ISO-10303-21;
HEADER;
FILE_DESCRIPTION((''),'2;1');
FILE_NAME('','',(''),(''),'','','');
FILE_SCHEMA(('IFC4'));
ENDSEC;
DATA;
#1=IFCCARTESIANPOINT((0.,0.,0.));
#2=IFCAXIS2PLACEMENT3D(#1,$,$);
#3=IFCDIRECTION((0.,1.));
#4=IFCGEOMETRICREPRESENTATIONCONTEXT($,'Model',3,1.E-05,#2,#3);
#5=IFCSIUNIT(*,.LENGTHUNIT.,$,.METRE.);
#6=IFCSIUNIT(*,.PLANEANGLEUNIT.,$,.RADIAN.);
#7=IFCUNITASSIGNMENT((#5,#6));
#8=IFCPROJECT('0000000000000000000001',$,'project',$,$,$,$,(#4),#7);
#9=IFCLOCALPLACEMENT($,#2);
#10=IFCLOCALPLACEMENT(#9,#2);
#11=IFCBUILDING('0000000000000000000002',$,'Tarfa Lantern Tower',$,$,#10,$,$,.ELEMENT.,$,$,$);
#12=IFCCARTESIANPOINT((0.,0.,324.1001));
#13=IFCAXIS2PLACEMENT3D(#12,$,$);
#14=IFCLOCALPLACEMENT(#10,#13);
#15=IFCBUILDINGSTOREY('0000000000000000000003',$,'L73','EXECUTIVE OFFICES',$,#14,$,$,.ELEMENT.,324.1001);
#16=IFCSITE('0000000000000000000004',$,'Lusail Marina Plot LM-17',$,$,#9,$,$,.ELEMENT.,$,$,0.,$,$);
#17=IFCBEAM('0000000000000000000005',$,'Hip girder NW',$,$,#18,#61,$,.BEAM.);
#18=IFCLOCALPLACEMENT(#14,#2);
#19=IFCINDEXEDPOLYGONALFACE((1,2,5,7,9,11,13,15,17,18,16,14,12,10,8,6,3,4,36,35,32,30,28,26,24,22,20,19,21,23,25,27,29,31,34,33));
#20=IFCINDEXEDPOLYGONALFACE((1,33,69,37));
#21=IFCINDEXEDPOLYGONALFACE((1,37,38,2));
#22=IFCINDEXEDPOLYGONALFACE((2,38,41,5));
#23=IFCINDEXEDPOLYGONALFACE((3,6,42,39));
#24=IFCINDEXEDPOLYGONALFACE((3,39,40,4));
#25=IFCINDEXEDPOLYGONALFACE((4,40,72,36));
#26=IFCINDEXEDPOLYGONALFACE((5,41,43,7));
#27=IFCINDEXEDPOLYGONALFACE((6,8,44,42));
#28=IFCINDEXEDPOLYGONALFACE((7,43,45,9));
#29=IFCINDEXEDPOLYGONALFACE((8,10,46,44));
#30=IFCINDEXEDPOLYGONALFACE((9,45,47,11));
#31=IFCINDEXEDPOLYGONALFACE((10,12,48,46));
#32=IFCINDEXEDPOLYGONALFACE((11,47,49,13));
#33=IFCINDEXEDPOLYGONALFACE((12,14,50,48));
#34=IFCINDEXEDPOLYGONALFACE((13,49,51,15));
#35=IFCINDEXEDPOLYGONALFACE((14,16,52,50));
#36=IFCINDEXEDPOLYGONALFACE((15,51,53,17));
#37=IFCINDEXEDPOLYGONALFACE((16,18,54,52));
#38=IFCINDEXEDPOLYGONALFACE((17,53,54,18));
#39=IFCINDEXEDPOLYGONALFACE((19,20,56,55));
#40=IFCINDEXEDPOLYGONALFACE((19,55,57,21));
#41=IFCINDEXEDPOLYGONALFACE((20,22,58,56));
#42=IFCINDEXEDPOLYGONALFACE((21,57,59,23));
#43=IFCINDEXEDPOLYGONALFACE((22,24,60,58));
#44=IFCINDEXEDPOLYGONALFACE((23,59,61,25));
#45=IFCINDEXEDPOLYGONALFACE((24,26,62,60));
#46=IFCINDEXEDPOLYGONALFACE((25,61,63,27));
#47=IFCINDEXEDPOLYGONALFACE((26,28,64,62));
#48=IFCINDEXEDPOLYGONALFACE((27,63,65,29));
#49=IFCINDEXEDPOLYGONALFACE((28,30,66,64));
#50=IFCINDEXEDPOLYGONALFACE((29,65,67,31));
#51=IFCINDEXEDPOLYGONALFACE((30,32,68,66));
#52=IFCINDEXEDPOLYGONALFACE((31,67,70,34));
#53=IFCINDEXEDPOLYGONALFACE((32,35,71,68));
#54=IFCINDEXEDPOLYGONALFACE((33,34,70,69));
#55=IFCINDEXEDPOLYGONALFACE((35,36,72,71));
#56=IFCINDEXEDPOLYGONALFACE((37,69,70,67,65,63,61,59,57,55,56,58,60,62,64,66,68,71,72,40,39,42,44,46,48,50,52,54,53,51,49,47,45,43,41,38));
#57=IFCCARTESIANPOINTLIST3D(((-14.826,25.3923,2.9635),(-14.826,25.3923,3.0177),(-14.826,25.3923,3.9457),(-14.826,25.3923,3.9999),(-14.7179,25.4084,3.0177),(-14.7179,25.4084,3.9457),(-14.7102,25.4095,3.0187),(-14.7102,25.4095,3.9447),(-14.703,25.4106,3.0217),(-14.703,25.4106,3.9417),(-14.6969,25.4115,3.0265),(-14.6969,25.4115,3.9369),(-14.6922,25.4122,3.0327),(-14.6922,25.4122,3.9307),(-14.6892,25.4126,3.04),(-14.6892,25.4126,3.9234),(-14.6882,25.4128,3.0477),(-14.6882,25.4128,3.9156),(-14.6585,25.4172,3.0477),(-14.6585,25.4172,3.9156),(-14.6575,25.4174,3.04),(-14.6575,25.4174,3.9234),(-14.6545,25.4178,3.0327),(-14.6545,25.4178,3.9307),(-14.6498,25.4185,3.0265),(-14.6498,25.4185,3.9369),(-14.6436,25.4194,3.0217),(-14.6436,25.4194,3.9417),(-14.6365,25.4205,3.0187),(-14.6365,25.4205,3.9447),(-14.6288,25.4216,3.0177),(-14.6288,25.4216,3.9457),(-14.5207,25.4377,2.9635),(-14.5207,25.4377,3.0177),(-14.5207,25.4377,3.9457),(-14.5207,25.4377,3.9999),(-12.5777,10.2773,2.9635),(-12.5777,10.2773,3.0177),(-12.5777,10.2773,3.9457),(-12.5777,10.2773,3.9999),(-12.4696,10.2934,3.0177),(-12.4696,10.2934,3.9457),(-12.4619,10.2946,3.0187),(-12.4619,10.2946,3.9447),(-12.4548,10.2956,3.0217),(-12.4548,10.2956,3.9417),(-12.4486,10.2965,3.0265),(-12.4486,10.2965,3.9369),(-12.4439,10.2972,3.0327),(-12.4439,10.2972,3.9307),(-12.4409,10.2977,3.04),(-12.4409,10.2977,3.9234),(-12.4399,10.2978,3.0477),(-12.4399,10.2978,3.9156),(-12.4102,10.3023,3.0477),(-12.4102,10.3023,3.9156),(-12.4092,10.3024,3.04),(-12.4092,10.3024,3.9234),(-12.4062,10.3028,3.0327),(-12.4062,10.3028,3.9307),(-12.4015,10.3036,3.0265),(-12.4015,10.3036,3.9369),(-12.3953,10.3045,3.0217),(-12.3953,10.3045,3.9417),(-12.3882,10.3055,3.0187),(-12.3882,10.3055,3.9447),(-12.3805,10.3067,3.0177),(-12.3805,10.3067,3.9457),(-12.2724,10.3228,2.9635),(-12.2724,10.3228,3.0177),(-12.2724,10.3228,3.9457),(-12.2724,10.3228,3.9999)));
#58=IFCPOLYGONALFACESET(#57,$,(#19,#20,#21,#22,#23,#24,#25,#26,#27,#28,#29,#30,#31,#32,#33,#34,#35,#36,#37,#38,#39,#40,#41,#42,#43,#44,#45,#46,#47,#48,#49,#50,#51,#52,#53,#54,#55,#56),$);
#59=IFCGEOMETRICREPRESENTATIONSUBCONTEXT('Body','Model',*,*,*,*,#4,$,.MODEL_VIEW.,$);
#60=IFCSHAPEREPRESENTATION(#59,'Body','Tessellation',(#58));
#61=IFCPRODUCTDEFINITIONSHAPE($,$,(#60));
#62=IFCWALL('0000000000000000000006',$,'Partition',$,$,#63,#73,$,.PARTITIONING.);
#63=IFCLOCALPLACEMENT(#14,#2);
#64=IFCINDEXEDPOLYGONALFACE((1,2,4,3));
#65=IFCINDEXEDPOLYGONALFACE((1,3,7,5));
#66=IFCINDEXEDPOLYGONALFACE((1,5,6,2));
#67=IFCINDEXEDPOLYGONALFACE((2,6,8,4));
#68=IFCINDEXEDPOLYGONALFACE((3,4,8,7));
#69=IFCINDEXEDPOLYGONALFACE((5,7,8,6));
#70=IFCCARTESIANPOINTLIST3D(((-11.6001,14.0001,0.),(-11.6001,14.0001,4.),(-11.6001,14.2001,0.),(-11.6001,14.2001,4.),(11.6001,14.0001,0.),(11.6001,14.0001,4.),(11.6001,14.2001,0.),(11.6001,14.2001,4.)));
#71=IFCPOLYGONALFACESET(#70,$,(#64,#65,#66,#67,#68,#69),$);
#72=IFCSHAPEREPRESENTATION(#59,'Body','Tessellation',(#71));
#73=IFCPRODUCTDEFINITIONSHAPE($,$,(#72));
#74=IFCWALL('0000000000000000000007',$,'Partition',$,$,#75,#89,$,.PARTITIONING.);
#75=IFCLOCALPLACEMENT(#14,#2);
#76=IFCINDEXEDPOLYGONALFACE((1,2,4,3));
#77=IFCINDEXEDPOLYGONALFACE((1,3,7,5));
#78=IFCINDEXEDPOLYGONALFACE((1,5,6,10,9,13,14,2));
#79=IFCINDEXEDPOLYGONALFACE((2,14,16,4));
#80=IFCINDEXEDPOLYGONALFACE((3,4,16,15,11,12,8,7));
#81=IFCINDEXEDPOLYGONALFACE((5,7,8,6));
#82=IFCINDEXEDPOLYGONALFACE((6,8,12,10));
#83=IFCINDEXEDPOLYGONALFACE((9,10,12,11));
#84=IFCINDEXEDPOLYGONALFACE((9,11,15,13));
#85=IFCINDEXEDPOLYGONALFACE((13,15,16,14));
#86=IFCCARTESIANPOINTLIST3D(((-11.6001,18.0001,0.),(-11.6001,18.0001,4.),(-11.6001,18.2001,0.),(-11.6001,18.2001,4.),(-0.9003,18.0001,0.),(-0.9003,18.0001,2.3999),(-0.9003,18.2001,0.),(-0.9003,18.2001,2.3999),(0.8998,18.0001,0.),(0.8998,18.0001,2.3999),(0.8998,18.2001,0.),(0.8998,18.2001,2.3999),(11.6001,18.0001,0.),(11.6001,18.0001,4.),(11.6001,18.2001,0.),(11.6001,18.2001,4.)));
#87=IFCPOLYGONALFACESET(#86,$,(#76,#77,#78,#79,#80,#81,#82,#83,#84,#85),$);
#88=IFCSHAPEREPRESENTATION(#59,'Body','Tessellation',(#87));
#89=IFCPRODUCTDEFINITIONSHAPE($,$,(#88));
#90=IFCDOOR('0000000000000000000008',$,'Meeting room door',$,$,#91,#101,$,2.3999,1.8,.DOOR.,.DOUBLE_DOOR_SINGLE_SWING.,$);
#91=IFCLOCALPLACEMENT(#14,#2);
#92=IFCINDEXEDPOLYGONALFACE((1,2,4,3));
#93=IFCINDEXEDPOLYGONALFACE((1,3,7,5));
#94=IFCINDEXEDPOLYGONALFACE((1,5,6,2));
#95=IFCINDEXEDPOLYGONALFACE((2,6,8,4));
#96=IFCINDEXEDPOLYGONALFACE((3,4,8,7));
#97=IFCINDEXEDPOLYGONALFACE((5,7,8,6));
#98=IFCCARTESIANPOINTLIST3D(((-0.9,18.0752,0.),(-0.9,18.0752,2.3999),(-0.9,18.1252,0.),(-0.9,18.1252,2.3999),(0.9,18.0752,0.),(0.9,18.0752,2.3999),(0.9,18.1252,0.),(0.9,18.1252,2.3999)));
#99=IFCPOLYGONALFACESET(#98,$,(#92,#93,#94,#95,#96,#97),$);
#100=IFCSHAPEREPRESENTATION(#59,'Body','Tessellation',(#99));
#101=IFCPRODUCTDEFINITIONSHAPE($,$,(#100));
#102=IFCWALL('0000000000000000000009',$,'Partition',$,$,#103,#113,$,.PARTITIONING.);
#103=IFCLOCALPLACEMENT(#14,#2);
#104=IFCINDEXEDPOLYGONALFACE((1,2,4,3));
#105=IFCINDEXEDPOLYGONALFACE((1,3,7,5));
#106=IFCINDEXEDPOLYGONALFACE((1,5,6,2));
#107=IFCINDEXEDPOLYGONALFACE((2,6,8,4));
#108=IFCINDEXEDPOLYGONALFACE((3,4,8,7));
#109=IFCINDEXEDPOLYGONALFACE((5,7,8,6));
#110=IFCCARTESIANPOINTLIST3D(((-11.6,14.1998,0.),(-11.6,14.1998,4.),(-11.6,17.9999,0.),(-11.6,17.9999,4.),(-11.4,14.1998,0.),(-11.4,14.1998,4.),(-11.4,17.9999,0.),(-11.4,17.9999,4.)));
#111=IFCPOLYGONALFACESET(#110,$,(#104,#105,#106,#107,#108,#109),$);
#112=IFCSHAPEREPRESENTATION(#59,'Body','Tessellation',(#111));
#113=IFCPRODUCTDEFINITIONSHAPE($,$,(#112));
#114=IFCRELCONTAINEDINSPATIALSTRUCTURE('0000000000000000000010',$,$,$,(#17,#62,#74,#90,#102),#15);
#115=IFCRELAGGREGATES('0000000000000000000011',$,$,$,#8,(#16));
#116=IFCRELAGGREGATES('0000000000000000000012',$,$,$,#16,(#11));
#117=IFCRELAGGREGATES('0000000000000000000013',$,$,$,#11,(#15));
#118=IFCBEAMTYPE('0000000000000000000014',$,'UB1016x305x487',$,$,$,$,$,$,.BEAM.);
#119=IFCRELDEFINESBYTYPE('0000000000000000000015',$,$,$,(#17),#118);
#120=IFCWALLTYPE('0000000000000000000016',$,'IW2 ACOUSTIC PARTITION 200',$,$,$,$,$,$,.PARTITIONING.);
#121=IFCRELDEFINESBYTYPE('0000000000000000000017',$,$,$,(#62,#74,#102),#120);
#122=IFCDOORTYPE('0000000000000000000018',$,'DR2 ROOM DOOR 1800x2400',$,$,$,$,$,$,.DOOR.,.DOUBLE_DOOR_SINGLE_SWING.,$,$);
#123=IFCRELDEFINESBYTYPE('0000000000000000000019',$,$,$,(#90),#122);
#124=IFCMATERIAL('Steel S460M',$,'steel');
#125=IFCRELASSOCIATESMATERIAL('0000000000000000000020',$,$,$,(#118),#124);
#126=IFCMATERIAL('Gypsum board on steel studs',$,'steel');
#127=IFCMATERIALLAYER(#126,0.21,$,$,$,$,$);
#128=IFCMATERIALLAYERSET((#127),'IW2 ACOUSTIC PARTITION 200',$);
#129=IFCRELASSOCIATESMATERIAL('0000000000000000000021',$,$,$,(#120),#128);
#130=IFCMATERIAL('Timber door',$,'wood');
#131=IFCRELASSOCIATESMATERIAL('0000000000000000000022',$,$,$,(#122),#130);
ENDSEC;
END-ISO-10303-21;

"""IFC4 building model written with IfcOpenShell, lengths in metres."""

from ifc_helpers import new_model, si_unit, direction, frame, frame_2d, origin, origin_2d, place, context, subcontext, project, spatial, rectangle, i_section, extrude, material, layer, layer_set, material_profile, profile_set, type_object, element, fill, save


model = new_model("IFC4")

# Units and contexts
model_context = context("Model", 3, precision=1e-05, world=origin(), true_north=direction((0.0, 1.0)))
body_context = subcontext(model_context, "Body", "Model", "MODEL_VIEW")
ifc_project = project(units=[si_unit("LENGTHUNIT", "METRE"), si_unit("PLANEANGLEUNIT", "RADIAN")], contexts=[model_context])

# Site, building, storey
site_placement = place(None, origin())
site = spatial("IfcSite", under=ifc_project, at=site_placement, Name="Lusail Marina Plot LM-17", CompositionType="ELEMENT", RefElevation=0.0)
building_placement = place(site_placement, origin())
building = spatial("IfcBuilding", under=site, at=building_placement, Name="Tarfa Lantern Tower", CompositionType="ELEMENT")
storey_placement = place(building_placement, frame((0.0, 0.0, 324.1001)))
storey = spatial("IfcBuildingStorey", under=building, at=storey_placement, Name="L73", Description="EXECUTIVE OFFICES", CompositionType="ELEMENT", Elevation=324.1001)

# Beam
ifc_material_1 = material(Name="Steel S460M", Category="steel")
ifc_material_profile = material_profile(ifc_material_1, i_section(OverallWidth=0.3086, OverallDepth=1.0364, WebThickness=0.03, FlangeThickness=0.0542, FilletRadius=0.03, at=origin_2d()), Name="UB1016x305x487")
ifc_profile_set = profile_set([ifc_material_profile], Name="Steel S460M")
beam_type = type_object("IfcBeamType", Name="UB1016x305x487", PredefinedType="BEAM", material=ifc_profile_set)
beam_placement = place(storey_placement, frame((-12.425, 10.3, 3.4817), z_axis=(-0.147127, 0.989118, 0.0), x_axis=(-0.989118, -0.147127, 0.0)))
element("IfcBeam", 1, at=beam_placement, inside=storey, type_object=beam_type, Name="Hip girder NW", PredefinedType="BEAM", context=body_context, shape_type="SweptSolid", body=[
    extrude(i_section(OverallWidth=0.3086, OverallDepth=1.0364, WebThickness=0.03, FlangeThickness=0.0542, FilletRadius=0.03, at=origin_2d()), origin(), (0.0, 0.0, 1.0), 15.2812),
])

# Wall
ifc_material_2 = material(Name="Gypsum board on steel studs", Category="steel")
ifc_layer_1 = layer(ifc_material_2, 0.21)
ifc_layer_set_1 = layer_set([ifc_layer_1], Name="IW2 ACOUSTIC PARTITION 200")
wall_type_1 = type_object("IfcWallType", Name="IW2 ACOUSTIC PARTITION 200", PredefinedType="PARTITIONING", material=ifc_layer_set_1)
wall_1_placement = place(storey_placement, frame((-11.6001, 14.1001, 0.0), z_axis=(0.0, 0.0, 1.0), x_axis=(1.0, 0.0, 0.0)))
element("IfcWall", 2, at=wall_1_placement, inside=storey, type_object=wall_type_1, Name="Partition", PredefinedType="PARTITIONING", context=body_context, shape_type="SweptSolid", body=[
    extrude(rectangle(XDim=23.2002, YDim=0.2, at=frame_2d((11.6001, 0.0))), origin(), (0.0, 0.0, 1.0), 4.0),
])

# Wall, opening, door
wall_2_placement = place(storey_placement, frame((-11.6001, 18.1001, 0.0), z_axis=(0.0, 0.0, 1.0), x_axis=(1.0, 0.0, 0.0)))
wall_2 = element("IfcWall", 3, at=wall_2_placement, inside=storey, type_object=wall_type_1, Name="Partition", PredefinedType="PARTITIONING", context=body_context, shape_type="SweptSolid", body=[
    extrude(rectangle(XDim=23.2002, YDim=0.2, at=frame_2d((11.6001, 0.0))), origin(), (0.0, 0.0, 1.0), 4.0),
])
opening_1_placement = place(wall_2_placement, frame((10.7, 0.0, 0.0)))
opening_1 = element("IfcOpeningElement", 4, at=opening_1_placement, cuts=wall_2, PredefinedType="OPENING", context=body_context, shape_type="SweptSolid", body=[
    extrude(rectangle(XDim=1.8, YDim=2.3999, at=frame_2d((0.8999, 1.2))), frame((0.0, 0.1099, 0.0), z_axis=(0.0, -1.0, 0.0), x_axis=(1.0, 0.0, 0.0)), (0.0, 0.0, 1.0), 0.22),
])
ifc_material_3 = material(Name="Timber door", Category="wood")
door_type_1 = type_object("IfcDoorType", Name="DR2 ROOM DOOR 1800x2400", OperationType="DOUBLE_DOOR_SINGLE_SWING", PredefinedType="DOOR", material=ifc_material_3)
door_1_placement = place(opening_1_placement, frame((1.8, 0.0, 0.0), z_axis=(0.0, 0.0, 1.0), x_axis=(-1.0, 0.0, 0.0)))
door_1 = element("IfcDoor", 5, at=door_1_placement, inside=storey, type_object=door_type_1, Name="Meeting room door", OperationType="DOUBLE_DOOR_SINGLE_SWING", OverallHeight=2.3999, OverallWidth=1.8, PredefinedType="DOOR", context=body_context, shape_type="SweptSolid", body=[
    extrude(rectangle(XDim=1.8, YDim=2.3999, at=frame_2d((0.8999, 1.2))), frame((0.0, 0.0249, 0.0), z_axis=(0.0, -1.0, 0.0), x_axis=(1.0, 0.0, 0.0)), (0.0, 0.0, 1.0), 0.05),
])
fill(opening_1, door_1)

# Wall
wall_3_placement = place(storey_placement, frame((-11.5, 14.2, 0.0), z_axis=(0.0, 0.0, 1.0), x_axis=(0.0, 1.0, 0.0)))
element("IfcWall", 6, at=wall_3_placement, inside=storey, type_object=wall_type_1, Name="Partition", PredefinedType="PARTITIONING", context=body_context, shape_type="SweptSolid", body=[
    extrude(rectangle(XDim=3.8, YDim=0.2, at=frame_2d((1.8999, 0.0))), origin(), (0.0, 0.0, 1.0), 4.0),
])

save(model, "model.ifc")
